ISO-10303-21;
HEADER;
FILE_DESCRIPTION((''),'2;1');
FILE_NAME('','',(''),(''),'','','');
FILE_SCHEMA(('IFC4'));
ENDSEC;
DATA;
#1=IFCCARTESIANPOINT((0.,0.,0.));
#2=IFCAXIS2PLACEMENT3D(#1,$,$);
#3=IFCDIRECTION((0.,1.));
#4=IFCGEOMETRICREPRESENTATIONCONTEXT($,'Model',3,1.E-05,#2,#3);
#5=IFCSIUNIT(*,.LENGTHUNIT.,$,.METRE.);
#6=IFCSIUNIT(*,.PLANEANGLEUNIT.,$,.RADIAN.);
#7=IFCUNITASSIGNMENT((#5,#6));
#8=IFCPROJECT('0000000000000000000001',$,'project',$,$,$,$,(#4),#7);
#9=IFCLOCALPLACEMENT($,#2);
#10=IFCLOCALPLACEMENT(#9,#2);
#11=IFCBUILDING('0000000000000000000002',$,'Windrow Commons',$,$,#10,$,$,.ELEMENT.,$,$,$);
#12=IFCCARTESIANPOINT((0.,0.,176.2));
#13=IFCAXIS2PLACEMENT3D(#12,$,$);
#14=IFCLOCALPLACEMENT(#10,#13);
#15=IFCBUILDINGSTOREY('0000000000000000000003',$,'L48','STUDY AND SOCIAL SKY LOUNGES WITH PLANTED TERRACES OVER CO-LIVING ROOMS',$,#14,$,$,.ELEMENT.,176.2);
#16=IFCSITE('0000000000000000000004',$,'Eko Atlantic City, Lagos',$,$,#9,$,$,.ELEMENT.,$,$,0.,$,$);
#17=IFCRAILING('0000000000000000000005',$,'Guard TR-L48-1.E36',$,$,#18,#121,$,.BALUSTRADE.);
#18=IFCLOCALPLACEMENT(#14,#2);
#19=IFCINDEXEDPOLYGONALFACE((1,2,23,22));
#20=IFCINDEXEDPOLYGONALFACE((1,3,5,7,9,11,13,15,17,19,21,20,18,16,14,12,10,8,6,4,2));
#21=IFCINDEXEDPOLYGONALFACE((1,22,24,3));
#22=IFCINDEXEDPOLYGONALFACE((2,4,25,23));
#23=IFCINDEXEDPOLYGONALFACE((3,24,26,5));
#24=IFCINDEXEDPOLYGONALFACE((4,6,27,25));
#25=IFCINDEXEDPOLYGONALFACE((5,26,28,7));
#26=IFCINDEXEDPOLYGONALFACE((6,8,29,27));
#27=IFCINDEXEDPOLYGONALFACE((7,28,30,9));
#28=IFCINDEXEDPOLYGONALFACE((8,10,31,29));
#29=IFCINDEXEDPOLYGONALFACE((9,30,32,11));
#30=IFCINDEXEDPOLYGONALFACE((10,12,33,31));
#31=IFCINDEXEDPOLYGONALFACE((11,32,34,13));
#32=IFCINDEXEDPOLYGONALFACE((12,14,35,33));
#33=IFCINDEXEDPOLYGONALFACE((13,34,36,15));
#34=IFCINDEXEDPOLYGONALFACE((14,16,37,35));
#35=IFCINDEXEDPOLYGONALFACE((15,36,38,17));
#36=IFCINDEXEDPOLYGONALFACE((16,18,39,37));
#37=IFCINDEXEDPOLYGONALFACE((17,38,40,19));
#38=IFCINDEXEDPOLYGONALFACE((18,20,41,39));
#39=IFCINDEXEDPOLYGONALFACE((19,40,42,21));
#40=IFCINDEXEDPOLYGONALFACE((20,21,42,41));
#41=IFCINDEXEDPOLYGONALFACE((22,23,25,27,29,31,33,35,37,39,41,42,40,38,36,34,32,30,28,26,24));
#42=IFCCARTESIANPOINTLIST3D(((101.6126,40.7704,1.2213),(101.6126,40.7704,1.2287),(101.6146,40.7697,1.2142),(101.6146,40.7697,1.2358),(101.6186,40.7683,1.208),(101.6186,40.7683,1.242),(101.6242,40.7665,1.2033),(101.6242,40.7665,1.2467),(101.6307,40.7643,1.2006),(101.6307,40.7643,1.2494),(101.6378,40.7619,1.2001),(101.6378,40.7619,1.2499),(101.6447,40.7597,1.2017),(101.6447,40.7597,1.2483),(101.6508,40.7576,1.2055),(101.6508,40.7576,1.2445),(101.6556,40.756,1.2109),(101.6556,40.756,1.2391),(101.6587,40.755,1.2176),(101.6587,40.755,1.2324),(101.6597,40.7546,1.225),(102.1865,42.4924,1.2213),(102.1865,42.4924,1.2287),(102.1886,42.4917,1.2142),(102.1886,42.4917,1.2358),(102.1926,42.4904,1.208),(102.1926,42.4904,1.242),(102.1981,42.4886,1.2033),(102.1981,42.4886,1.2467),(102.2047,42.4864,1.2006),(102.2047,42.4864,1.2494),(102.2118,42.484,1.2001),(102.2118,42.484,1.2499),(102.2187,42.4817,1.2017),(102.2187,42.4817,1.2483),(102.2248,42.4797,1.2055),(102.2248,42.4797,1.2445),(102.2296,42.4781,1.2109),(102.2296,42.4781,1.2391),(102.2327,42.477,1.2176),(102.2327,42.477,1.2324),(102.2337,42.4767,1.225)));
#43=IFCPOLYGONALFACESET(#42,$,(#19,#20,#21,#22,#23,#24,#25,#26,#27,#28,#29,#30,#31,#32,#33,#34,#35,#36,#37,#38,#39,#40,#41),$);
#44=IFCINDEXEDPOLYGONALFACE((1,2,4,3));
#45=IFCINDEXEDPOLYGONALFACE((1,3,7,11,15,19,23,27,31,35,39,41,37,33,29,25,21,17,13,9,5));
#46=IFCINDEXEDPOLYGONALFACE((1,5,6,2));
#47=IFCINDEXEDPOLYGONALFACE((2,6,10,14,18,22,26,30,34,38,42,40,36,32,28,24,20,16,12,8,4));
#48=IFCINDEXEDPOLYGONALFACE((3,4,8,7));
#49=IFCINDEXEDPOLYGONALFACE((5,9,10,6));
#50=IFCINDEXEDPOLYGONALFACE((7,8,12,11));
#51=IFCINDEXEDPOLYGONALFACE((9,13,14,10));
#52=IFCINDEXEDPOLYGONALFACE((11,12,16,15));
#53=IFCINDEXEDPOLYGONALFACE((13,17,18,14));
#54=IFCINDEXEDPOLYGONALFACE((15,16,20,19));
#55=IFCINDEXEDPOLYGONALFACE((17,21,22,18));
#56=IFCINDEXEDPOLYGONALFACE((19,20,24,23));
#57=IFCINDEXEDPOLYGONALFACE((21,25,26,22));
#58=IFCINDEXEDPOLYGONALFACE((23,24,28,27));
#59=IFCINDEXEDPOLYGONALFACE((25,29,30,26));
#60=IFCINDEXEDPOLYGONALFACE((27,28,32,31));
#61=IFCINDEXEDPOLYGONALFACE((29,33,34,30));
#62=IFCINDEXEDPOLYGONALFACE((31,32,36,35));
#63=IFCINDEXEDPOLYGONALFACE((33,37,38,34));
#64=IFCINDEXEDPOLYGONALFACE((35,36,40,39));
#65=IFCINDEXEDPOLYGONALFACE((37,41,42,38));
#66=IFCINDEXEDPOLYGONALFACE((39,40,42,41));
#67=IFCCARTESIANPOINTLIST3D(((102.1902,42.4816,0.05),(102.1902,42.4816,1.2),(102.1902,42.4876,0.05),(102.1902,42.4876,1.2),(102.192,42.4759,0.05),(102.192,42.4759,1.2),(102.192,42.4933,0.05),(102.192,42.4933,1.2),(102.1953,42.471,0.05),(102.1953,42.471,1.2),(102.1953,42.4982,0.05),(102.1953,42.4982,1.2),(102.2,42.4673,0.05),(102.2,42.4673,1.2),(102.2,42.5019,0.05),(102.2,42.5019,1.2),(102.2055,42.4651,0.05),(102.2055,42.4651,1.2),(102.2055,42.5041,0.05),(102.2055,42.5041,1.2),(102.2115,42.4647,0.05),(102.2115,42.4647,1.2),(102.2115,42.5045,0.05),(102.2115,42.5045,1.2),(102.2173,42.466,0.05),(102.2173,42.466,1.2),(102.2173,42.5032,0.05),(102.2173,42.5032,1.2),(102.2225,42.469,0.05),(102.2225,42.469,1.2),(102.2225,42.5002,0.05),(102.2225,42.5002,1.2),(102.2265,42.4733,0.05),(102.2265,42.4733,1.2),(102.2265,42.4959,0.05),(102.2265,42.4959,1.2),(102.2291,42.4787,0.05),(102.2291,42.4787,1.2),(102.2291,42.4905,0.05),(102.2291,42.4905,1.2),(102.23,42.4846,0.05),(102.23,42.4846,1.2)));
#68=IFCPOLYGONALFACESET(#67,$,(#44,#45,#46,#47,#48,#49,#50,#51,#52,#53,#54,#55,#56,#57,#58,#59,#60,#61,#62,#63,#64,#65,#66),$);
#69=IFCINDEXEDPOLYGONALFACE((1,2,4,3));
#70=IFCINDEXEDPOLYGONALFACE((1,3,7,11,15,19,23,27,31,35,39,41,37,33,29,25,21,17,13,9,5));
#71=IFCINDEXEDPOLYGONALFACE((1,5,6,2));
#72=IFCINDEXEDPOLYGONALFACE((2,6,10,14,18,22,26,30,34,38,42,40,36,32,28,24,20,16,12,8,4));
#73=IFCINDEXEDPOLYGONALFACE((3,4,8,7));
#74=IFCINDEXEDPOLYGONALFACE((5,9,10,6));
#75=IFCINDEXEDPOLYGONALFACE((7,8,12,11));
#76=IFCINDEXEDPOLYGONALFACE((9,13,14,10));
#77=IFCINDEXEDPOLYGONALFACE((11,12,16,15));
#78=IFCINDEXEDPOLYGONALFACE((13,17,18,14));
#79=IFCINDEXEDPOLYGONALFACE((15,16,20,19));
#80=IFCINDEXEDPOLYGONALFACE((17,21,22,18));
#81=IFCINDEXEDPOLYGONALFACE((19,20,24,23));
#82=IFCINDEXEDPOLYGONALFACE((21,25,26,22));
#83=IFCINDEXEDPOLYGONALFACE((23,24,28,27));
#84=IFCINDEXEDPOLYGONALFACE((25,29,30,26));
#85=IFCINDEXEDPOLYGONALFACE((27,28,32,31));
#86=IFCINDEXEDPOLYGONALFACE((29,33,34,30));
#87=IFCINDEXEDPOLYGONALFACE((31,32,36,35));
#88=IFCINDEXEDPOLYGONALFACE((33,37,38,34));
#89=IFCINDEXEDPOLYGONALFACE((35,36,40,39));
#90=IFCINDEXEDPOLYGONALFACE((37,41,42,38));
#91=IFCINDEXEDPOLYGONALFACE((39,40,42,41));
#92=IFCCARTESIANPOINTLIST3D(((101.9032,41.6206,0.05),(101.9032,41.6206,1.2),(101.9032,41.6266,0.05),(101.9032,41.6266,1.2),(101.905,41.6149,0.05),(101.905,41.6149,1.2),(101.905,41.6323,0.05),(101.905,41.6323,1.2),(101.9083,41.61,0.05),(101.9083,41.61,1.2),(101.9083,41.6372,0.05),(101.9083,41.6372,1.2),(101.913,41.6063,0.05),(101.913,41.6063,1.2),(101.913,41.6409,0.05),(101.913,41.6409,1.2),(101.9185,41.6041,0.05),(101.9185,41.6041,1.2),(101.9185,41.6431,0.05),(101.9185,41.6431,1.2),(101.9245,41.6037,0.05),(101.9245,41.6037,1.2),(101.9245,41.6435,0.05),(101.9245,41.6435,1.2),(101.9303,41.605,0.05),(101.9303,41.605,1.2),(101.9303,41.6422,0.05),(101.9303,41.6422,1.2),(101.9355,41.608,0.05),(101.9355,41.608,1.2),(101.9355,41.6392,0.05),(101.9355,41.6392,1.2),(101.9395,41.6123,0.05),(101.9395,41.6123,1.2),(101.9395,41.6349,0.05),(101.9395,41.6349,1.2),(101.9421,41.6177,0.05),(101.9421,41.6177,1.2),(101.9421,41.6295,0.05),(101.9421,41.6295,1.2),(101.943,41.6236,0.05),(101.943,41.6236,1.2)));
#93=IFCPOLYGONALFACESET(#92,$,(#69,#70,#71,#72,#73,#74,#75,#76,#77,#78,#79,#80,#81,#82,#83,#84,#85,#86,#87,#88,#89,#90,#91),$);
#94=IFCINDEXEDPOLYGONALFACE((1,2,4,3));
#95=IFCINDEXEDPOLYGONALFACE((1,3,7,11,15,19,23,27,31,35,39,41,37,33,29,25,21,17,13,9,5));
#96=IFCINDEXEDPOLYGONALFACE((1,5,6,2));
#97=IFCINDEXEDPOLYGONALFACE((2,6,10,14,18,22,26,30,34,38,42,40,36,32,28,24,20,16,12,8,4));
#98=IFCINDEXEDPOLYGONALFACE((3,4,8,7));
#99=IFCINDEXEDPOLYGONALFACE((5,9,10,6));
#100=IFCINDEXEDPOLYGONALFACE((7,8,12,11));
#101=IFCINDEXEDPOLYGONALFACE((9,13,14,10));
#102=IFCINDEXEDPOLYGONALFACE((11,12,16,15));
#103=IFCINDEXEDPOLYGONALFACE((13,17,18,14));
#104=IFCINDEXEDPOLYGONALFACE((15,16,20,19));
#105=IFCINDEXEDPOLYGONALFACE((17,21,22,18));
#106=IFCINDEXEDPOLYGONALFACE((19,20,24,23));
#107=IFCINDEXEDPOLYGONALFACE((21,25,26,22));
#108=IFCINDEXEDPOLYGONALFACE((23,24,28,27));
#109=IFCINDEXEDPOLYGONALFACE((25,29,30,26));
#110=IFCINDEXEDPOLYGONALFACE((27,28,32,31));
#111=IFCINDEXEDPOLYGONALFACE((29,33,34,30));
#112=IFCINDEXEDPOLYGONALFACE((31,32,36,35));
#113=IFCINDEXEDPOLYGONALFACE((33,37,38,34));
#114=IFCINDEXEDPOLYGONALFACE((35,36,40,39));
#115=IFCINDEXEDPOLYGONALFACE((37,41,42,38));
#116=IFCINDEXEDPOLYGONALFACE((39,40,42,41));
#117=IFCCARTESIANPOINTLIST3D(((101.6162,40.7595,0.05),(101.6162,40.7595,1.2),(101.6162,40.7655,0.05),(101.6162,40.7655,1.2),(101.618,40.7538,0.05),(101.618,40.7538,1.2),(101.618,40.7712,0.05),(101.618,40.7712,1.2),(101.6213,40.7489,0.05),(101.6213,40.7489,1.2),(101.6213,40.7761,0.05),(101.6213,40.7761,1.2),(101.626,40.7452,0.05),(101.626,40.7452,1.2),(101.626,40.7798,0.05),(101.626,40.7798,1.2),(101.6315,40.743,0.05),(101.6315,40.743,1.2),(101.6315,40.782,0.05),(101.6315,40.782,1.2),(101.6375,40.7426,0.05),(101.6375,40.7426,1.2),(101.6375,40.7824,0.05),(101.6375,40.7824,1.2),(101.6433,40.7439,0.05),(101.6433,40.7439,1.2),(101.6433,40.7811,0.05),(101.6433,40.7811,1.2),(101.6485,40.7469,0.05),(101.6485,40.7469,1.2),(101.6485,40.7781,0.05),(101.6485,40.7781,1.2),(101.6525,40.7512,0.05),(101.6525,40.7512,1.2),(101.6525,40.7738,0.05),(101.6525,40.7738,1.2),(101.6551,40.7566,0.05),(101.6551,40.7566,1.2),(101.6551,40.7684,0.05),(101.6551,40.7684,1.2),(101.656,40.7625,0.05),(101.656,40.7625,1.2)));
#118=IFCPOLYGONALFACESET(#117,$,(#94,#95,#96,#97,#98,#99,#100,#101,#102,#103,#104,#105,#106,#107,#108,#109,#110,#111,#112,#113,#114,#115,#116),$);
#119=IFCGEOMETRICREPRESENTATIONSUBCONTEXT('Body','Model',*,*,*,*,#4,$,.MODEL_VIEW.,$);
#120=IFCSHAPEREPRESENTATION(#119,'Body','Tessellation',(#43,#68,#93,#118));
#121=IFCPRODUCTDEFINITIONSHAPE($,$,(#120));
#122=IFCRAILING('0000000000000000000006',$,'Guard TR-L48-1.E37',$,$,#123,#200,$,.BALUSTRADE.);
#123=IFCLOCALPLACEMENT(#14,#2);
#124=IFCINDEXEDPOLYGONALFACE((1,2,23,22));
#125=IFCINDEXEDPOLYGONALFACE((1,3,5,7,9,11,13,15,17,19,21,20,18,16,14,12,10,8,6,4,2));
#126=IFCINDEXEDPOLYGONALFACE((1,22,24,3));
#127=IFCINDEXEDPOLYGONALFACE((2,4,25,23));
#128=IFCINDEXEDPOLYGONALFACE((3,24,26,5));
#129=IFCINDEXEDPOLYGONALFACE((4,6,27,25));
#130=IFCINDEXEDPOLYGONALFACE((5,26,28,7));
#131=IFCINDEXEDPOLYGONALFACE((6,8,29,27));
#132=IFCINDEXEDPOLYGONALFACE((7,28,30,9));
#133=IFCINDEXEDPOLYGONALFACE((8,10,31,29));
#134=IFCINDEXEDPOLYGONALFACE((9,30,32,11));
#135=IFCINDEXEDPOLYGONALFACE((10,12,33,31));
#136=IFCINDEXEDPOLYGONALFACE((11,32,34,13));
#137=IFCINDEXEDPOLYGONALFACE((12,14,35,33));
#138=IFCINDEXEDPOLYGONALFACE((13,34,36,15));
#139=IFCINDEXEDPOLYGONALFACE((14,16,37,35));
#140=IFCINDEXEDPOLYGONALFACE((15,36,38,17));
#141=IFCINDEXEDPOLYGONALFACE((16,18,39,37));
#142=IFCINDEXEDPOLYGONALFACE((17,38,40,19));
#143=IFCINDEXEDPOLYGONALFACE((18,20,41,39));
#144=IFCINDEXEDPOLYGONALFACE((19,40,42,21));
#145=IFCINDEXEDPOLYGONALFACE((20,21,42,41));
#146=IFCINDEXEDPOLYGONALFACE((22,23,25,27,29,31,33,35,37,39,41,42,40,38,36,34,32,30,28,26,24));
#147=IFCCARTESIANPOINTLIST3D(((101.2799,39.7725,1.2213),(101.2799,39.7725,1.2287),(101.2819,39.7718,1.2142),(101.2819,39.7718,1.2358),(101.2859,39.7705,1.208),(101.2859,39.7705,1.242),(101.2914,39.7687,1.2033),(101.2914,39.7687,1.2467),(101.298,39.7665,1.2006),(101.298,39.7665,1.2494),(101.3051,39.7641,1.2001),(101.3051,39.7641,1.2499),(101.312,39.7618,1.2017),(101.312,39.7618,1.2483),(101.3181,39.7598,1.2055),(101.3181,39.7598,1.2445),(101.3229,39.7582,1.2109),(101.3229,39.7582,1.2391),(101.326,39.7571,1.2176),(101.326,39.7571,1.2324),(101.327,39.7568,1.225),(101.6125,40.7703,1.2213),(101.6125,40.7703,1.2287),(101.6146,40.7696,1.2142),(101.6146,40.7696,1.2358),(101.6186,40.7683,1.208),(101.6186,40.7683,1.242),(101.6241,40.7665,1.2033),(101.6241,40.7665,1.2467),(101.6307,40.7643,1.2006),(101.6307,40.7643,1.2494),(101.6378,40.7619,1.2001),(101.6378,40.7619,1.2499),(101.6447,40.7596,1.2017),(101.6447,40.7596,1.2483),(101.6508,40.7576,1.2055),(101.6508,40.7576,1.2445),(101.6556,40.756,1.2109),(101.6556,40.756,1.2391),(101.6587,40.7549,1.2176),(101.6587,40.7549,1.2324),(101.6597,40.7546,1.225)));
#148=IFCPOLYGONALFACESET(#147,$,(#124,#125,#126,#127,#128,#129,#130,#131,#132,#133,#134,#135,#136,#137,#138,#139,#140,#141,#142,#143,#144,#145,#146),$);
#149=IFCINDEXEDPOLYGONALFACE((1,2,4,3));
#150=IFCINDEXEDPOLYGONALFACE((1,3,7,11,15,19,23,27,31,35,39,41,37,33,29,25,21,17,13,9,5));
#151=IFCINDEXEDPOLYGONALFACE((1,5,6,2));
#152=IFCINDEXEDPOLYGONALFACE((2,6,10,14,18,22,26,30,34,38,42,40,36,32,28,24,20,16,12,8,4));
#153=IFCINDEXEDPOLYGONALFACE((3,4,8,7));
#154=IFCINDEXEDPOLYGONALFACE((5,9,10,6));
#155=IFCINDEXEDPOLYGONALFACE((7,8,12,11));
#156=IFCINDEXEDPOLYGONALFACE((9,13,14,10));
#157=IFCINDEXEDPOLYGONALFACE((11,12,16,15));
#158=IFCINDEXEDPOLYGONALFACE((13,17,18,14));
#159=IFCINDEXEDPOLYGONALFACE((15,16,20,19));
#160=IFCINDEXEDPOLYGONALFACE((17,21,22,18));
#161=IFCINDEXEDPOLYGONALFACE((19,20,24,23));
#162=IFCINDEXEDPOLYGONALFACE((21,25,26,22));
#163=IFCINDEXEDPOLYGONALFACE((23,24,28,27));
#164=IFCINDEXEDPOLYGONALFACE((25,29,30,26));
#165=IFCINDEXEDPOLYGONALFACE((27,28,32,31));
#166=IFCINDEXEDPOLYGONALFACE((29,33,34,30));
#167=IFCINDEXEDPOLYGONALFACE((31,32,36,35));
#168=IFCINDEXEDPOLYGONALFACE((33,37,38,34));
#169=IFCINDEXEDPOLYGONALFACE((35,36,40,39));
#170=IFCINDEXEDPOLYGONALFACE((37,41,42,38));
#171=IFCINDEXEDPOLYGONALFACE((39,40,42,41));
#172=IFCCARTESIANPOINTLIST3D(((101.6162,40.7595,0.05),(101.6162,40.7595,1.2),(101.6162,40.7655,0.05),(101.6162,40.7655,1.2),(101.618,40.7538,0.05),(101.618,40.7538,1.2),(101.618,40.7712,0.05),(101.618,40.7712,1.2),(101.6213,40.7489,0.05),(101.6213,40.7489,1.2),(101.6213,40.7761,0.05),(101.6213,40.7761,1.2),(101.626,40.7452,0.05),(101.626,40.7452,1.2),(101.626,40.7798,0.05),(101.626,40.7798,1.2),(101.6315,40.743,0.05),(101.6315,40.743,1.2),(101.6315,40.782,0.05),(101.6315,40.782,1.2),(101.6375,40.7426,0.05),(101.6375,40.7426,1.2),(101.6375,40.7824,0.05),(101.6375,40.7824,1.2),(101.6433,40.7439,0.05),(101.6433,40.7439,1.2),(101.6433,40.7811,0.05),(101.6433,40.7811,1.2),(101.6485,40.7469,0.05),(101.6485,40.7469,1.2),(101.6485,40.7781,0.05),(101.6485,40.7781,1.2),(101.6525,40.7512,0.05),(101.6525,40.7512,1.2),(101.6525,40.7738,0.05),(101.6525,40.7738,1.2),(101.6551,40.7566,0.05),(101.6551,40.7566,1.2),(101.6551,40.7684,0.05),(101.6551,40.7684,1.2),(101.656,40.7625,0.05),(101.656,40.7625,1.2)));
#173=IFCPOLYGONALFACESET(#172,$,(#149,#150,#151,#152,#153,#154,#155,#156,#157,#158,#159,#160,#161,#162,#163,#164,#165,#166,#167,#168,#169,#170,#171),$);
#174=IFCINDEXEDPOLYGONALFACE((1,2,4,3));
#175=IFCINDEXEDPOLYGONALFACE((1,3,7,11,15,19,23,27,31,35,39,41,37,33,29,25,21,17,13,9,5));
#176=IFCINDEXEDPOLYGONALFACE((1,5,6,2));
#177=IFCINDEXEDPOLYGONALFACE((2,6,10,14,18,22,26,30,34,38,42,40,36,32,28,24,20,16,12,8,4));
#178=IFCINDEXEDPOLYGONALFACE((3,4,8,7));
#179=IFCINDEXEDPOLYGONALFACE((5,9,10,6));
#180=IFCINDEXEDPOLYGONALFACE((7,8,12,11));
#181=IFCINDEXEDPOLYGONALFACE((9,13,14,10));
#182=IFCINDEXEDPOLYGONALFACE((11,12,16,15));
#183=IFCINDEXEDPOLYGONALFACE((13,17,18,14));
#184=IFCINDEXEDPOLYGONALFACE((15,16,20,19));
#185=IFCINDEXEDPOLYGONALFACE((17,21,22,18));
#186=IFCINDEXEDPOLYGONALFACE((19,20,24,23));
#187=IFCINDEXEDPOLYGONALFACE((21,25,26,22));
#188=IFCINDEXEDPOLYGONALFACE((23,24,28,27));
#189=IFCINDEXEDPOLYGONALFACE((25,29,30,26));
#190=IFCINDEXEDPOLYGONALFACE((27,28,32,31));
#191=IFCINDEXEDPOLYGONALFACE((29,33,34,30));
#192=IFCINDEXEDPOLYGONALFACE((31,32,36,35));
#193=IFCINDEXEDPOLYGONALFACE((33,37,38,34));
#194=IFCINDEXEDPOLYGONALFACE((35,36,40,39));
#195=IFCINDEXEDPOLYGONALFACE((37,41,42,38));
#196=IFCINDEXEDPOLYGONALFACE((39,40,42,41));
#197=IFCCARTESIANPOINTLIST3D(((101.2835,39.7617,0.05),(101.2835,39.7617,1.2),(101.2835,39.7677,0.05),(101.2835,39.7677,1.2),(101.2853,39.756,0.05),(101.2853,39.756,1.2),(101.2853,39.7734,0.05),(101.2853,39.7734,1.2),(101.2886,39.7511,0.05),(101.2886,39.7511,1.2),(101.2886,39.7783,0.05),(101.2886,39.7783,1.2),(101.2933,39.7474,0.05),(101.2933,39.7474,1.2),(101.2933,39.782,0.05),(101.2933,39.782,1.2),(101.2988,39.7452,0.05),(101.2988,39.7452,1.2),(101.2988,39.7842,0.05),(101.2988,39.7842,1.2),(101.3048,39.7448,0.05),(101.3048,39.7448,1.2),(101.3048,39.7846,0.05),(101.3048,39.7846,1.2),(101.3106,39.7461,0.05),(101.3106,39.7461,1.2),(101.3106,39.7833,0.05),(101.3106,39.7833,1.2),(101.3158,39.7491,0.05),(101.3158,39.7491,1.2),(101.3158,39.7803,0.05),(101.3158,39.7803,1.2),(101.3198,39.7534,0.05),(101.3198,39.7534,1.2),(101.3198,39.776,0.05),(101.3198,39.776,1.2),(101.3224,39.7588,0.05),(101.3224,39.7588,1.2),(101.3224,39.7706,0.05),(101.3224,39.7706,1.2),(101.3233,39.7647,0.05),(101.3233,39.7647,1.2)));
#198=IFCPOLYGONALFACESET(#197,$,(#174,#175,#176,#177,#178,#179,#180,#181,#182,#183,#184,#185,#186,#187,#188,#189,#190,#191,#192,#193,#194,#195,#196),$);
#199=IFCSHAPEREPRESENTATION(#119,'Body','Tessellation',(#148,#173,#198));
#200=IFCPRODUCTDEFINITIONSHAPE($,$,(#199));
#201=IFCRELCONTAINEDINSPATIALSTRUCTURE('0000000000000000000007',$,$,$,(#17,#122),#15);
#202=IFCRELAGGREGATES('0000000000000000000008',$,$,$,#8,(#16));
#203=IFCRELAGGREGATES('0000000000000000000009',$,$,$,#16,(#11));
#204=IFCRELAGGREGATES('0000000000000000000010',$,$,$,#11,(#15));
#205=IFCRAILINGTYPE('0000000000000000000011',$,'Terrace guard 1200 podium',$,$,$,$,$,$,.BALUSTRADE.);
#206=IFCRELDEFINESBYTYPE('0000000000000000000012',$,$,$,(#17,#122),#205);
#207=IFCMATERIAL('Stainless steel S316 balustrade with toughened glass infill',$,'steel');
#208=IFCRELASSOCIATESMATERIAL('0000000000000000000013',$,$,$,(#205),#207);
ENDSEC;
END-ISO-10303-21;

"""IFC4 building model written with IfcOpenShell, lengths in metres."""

from ifc_helpers import new_model, si_unit, direction, frame, origin, origin_2d, place, context, subcontext, project, spatial, circle, extrude, material, type_object, element, save


model = new_model("IFC4")

# Units and contexts
model_context = context("Model", 3, precision=1e-05, world=origin(), true_north=direction((0.0, 1.0)))
body_context = subcontext(model_context, "Body", "Model", "MODEL_VIEW")
ifc_project = project(units=[si_unit("LENGTHUNIT", "METRE"), si_unit("PLANEANGLEUNIT", "RADIAN")], contexts=[model_context])

# Site, building, storey
site_placement = place(None, origin())
site = spatial("IfcSite", under=ifc_project, at=site_placement, Name="Eko Atlantic City, Lagos", CompositionType="ELEMENT", RefElevation=0.0)
building_placement = place(site_placement, origin())
building = spatial("IfcBuilding", under=site, at=building_placement, Name="Windrow Commons", CompositionType="ELEMENT")
storey_placement = place(building_placement, frame((0.0, 0.0, 176.2)))
storey = spatial("IfcBuildingStorey", under=building, at=storey_placement, Name="L48", Description="STUDY AND SOCIAL SKY LOUNGES WITH PLANTED TERRACES OVER CO-LIVING ROOMS", CompositionType="ELEMENT", Elevation=176.2)

# Railings
ifc_material_1 = material(Name="Stainless steel S316 balustrade with toughened glass infill", Category="steel")
railing_type = type_object("IfcRailingType", Name="Terrace guard 1200 podium", PredefinedType="BALUSTRADE", material=ifc_material_1)
railing_1_placement = place(storey_placement, frame((102.21, 42.4846, 0.05)))
element("IfcRailing", 1, at=railing_1_placement, inside=storey, type_object=railing_type, Name="Guard TR-L48-1.E36", PredefinedType="BALUSTRADE", context=body_context, shape_type="SweptSolid", body=[
    extrude(circle(Radius=0.025, at=origin_2d()), frame((0.0, 0.0, 1.175), z_axis=(-0.316211, -0.948689, 0.0), x_axis=(0.948689, -0.316211, 0.0)), (0.0, 0.0, 1.0), 1.8152),
    extrude(circle(Radius=0.02, at=origin_2d()), origin(), (0.0, 0.0, 1.0), 1.15),
    extrude(circle(Radius=0.02, at=origin_2d()), frame((-0.287, -0.861, 0.0)), (0.0, 0.0, 1.0), 1.15),
    extrude(circle(Radius=0.02, at=origin_2d()), frame((-0.574, -1.7221, 0.0)), (0.0, 0.0, 1.0), 1.15),
])
railing_2_placement = place(storey_placement, frame((101.636, 40.7625, 0.05)))
element("IfcRailing", 2, at=railing_2_placement, inside=storey, type_object=railing_type, Name="Guard TR-L48-1.E37", PredefinedType="BALUSTRADE", context=body_context, shape_type="SweptSolid", body=[
    extrude(circle(Radius=0.025, at=origin_2d()), frame((0.0, 0.0, 1.175), z_axis=(-0.316313, -0.948655, 0.0), x_axis=(0.948655, -0.316313, 0.0)), (0.0, 0.0, 1.0), 1.0518),
    extrude(circle(Radius=0.02, at=origin_2d()), origin(), (0.0, 0.0, 1.0), 1.15),
    extrude(circle(Radius=0.02, at=origin_2d()), frame((-0.3327, -0.9978, 0.0)), (0.0, 0.0, 1.0), 1.15),
])

save(model, "model.ifc")
